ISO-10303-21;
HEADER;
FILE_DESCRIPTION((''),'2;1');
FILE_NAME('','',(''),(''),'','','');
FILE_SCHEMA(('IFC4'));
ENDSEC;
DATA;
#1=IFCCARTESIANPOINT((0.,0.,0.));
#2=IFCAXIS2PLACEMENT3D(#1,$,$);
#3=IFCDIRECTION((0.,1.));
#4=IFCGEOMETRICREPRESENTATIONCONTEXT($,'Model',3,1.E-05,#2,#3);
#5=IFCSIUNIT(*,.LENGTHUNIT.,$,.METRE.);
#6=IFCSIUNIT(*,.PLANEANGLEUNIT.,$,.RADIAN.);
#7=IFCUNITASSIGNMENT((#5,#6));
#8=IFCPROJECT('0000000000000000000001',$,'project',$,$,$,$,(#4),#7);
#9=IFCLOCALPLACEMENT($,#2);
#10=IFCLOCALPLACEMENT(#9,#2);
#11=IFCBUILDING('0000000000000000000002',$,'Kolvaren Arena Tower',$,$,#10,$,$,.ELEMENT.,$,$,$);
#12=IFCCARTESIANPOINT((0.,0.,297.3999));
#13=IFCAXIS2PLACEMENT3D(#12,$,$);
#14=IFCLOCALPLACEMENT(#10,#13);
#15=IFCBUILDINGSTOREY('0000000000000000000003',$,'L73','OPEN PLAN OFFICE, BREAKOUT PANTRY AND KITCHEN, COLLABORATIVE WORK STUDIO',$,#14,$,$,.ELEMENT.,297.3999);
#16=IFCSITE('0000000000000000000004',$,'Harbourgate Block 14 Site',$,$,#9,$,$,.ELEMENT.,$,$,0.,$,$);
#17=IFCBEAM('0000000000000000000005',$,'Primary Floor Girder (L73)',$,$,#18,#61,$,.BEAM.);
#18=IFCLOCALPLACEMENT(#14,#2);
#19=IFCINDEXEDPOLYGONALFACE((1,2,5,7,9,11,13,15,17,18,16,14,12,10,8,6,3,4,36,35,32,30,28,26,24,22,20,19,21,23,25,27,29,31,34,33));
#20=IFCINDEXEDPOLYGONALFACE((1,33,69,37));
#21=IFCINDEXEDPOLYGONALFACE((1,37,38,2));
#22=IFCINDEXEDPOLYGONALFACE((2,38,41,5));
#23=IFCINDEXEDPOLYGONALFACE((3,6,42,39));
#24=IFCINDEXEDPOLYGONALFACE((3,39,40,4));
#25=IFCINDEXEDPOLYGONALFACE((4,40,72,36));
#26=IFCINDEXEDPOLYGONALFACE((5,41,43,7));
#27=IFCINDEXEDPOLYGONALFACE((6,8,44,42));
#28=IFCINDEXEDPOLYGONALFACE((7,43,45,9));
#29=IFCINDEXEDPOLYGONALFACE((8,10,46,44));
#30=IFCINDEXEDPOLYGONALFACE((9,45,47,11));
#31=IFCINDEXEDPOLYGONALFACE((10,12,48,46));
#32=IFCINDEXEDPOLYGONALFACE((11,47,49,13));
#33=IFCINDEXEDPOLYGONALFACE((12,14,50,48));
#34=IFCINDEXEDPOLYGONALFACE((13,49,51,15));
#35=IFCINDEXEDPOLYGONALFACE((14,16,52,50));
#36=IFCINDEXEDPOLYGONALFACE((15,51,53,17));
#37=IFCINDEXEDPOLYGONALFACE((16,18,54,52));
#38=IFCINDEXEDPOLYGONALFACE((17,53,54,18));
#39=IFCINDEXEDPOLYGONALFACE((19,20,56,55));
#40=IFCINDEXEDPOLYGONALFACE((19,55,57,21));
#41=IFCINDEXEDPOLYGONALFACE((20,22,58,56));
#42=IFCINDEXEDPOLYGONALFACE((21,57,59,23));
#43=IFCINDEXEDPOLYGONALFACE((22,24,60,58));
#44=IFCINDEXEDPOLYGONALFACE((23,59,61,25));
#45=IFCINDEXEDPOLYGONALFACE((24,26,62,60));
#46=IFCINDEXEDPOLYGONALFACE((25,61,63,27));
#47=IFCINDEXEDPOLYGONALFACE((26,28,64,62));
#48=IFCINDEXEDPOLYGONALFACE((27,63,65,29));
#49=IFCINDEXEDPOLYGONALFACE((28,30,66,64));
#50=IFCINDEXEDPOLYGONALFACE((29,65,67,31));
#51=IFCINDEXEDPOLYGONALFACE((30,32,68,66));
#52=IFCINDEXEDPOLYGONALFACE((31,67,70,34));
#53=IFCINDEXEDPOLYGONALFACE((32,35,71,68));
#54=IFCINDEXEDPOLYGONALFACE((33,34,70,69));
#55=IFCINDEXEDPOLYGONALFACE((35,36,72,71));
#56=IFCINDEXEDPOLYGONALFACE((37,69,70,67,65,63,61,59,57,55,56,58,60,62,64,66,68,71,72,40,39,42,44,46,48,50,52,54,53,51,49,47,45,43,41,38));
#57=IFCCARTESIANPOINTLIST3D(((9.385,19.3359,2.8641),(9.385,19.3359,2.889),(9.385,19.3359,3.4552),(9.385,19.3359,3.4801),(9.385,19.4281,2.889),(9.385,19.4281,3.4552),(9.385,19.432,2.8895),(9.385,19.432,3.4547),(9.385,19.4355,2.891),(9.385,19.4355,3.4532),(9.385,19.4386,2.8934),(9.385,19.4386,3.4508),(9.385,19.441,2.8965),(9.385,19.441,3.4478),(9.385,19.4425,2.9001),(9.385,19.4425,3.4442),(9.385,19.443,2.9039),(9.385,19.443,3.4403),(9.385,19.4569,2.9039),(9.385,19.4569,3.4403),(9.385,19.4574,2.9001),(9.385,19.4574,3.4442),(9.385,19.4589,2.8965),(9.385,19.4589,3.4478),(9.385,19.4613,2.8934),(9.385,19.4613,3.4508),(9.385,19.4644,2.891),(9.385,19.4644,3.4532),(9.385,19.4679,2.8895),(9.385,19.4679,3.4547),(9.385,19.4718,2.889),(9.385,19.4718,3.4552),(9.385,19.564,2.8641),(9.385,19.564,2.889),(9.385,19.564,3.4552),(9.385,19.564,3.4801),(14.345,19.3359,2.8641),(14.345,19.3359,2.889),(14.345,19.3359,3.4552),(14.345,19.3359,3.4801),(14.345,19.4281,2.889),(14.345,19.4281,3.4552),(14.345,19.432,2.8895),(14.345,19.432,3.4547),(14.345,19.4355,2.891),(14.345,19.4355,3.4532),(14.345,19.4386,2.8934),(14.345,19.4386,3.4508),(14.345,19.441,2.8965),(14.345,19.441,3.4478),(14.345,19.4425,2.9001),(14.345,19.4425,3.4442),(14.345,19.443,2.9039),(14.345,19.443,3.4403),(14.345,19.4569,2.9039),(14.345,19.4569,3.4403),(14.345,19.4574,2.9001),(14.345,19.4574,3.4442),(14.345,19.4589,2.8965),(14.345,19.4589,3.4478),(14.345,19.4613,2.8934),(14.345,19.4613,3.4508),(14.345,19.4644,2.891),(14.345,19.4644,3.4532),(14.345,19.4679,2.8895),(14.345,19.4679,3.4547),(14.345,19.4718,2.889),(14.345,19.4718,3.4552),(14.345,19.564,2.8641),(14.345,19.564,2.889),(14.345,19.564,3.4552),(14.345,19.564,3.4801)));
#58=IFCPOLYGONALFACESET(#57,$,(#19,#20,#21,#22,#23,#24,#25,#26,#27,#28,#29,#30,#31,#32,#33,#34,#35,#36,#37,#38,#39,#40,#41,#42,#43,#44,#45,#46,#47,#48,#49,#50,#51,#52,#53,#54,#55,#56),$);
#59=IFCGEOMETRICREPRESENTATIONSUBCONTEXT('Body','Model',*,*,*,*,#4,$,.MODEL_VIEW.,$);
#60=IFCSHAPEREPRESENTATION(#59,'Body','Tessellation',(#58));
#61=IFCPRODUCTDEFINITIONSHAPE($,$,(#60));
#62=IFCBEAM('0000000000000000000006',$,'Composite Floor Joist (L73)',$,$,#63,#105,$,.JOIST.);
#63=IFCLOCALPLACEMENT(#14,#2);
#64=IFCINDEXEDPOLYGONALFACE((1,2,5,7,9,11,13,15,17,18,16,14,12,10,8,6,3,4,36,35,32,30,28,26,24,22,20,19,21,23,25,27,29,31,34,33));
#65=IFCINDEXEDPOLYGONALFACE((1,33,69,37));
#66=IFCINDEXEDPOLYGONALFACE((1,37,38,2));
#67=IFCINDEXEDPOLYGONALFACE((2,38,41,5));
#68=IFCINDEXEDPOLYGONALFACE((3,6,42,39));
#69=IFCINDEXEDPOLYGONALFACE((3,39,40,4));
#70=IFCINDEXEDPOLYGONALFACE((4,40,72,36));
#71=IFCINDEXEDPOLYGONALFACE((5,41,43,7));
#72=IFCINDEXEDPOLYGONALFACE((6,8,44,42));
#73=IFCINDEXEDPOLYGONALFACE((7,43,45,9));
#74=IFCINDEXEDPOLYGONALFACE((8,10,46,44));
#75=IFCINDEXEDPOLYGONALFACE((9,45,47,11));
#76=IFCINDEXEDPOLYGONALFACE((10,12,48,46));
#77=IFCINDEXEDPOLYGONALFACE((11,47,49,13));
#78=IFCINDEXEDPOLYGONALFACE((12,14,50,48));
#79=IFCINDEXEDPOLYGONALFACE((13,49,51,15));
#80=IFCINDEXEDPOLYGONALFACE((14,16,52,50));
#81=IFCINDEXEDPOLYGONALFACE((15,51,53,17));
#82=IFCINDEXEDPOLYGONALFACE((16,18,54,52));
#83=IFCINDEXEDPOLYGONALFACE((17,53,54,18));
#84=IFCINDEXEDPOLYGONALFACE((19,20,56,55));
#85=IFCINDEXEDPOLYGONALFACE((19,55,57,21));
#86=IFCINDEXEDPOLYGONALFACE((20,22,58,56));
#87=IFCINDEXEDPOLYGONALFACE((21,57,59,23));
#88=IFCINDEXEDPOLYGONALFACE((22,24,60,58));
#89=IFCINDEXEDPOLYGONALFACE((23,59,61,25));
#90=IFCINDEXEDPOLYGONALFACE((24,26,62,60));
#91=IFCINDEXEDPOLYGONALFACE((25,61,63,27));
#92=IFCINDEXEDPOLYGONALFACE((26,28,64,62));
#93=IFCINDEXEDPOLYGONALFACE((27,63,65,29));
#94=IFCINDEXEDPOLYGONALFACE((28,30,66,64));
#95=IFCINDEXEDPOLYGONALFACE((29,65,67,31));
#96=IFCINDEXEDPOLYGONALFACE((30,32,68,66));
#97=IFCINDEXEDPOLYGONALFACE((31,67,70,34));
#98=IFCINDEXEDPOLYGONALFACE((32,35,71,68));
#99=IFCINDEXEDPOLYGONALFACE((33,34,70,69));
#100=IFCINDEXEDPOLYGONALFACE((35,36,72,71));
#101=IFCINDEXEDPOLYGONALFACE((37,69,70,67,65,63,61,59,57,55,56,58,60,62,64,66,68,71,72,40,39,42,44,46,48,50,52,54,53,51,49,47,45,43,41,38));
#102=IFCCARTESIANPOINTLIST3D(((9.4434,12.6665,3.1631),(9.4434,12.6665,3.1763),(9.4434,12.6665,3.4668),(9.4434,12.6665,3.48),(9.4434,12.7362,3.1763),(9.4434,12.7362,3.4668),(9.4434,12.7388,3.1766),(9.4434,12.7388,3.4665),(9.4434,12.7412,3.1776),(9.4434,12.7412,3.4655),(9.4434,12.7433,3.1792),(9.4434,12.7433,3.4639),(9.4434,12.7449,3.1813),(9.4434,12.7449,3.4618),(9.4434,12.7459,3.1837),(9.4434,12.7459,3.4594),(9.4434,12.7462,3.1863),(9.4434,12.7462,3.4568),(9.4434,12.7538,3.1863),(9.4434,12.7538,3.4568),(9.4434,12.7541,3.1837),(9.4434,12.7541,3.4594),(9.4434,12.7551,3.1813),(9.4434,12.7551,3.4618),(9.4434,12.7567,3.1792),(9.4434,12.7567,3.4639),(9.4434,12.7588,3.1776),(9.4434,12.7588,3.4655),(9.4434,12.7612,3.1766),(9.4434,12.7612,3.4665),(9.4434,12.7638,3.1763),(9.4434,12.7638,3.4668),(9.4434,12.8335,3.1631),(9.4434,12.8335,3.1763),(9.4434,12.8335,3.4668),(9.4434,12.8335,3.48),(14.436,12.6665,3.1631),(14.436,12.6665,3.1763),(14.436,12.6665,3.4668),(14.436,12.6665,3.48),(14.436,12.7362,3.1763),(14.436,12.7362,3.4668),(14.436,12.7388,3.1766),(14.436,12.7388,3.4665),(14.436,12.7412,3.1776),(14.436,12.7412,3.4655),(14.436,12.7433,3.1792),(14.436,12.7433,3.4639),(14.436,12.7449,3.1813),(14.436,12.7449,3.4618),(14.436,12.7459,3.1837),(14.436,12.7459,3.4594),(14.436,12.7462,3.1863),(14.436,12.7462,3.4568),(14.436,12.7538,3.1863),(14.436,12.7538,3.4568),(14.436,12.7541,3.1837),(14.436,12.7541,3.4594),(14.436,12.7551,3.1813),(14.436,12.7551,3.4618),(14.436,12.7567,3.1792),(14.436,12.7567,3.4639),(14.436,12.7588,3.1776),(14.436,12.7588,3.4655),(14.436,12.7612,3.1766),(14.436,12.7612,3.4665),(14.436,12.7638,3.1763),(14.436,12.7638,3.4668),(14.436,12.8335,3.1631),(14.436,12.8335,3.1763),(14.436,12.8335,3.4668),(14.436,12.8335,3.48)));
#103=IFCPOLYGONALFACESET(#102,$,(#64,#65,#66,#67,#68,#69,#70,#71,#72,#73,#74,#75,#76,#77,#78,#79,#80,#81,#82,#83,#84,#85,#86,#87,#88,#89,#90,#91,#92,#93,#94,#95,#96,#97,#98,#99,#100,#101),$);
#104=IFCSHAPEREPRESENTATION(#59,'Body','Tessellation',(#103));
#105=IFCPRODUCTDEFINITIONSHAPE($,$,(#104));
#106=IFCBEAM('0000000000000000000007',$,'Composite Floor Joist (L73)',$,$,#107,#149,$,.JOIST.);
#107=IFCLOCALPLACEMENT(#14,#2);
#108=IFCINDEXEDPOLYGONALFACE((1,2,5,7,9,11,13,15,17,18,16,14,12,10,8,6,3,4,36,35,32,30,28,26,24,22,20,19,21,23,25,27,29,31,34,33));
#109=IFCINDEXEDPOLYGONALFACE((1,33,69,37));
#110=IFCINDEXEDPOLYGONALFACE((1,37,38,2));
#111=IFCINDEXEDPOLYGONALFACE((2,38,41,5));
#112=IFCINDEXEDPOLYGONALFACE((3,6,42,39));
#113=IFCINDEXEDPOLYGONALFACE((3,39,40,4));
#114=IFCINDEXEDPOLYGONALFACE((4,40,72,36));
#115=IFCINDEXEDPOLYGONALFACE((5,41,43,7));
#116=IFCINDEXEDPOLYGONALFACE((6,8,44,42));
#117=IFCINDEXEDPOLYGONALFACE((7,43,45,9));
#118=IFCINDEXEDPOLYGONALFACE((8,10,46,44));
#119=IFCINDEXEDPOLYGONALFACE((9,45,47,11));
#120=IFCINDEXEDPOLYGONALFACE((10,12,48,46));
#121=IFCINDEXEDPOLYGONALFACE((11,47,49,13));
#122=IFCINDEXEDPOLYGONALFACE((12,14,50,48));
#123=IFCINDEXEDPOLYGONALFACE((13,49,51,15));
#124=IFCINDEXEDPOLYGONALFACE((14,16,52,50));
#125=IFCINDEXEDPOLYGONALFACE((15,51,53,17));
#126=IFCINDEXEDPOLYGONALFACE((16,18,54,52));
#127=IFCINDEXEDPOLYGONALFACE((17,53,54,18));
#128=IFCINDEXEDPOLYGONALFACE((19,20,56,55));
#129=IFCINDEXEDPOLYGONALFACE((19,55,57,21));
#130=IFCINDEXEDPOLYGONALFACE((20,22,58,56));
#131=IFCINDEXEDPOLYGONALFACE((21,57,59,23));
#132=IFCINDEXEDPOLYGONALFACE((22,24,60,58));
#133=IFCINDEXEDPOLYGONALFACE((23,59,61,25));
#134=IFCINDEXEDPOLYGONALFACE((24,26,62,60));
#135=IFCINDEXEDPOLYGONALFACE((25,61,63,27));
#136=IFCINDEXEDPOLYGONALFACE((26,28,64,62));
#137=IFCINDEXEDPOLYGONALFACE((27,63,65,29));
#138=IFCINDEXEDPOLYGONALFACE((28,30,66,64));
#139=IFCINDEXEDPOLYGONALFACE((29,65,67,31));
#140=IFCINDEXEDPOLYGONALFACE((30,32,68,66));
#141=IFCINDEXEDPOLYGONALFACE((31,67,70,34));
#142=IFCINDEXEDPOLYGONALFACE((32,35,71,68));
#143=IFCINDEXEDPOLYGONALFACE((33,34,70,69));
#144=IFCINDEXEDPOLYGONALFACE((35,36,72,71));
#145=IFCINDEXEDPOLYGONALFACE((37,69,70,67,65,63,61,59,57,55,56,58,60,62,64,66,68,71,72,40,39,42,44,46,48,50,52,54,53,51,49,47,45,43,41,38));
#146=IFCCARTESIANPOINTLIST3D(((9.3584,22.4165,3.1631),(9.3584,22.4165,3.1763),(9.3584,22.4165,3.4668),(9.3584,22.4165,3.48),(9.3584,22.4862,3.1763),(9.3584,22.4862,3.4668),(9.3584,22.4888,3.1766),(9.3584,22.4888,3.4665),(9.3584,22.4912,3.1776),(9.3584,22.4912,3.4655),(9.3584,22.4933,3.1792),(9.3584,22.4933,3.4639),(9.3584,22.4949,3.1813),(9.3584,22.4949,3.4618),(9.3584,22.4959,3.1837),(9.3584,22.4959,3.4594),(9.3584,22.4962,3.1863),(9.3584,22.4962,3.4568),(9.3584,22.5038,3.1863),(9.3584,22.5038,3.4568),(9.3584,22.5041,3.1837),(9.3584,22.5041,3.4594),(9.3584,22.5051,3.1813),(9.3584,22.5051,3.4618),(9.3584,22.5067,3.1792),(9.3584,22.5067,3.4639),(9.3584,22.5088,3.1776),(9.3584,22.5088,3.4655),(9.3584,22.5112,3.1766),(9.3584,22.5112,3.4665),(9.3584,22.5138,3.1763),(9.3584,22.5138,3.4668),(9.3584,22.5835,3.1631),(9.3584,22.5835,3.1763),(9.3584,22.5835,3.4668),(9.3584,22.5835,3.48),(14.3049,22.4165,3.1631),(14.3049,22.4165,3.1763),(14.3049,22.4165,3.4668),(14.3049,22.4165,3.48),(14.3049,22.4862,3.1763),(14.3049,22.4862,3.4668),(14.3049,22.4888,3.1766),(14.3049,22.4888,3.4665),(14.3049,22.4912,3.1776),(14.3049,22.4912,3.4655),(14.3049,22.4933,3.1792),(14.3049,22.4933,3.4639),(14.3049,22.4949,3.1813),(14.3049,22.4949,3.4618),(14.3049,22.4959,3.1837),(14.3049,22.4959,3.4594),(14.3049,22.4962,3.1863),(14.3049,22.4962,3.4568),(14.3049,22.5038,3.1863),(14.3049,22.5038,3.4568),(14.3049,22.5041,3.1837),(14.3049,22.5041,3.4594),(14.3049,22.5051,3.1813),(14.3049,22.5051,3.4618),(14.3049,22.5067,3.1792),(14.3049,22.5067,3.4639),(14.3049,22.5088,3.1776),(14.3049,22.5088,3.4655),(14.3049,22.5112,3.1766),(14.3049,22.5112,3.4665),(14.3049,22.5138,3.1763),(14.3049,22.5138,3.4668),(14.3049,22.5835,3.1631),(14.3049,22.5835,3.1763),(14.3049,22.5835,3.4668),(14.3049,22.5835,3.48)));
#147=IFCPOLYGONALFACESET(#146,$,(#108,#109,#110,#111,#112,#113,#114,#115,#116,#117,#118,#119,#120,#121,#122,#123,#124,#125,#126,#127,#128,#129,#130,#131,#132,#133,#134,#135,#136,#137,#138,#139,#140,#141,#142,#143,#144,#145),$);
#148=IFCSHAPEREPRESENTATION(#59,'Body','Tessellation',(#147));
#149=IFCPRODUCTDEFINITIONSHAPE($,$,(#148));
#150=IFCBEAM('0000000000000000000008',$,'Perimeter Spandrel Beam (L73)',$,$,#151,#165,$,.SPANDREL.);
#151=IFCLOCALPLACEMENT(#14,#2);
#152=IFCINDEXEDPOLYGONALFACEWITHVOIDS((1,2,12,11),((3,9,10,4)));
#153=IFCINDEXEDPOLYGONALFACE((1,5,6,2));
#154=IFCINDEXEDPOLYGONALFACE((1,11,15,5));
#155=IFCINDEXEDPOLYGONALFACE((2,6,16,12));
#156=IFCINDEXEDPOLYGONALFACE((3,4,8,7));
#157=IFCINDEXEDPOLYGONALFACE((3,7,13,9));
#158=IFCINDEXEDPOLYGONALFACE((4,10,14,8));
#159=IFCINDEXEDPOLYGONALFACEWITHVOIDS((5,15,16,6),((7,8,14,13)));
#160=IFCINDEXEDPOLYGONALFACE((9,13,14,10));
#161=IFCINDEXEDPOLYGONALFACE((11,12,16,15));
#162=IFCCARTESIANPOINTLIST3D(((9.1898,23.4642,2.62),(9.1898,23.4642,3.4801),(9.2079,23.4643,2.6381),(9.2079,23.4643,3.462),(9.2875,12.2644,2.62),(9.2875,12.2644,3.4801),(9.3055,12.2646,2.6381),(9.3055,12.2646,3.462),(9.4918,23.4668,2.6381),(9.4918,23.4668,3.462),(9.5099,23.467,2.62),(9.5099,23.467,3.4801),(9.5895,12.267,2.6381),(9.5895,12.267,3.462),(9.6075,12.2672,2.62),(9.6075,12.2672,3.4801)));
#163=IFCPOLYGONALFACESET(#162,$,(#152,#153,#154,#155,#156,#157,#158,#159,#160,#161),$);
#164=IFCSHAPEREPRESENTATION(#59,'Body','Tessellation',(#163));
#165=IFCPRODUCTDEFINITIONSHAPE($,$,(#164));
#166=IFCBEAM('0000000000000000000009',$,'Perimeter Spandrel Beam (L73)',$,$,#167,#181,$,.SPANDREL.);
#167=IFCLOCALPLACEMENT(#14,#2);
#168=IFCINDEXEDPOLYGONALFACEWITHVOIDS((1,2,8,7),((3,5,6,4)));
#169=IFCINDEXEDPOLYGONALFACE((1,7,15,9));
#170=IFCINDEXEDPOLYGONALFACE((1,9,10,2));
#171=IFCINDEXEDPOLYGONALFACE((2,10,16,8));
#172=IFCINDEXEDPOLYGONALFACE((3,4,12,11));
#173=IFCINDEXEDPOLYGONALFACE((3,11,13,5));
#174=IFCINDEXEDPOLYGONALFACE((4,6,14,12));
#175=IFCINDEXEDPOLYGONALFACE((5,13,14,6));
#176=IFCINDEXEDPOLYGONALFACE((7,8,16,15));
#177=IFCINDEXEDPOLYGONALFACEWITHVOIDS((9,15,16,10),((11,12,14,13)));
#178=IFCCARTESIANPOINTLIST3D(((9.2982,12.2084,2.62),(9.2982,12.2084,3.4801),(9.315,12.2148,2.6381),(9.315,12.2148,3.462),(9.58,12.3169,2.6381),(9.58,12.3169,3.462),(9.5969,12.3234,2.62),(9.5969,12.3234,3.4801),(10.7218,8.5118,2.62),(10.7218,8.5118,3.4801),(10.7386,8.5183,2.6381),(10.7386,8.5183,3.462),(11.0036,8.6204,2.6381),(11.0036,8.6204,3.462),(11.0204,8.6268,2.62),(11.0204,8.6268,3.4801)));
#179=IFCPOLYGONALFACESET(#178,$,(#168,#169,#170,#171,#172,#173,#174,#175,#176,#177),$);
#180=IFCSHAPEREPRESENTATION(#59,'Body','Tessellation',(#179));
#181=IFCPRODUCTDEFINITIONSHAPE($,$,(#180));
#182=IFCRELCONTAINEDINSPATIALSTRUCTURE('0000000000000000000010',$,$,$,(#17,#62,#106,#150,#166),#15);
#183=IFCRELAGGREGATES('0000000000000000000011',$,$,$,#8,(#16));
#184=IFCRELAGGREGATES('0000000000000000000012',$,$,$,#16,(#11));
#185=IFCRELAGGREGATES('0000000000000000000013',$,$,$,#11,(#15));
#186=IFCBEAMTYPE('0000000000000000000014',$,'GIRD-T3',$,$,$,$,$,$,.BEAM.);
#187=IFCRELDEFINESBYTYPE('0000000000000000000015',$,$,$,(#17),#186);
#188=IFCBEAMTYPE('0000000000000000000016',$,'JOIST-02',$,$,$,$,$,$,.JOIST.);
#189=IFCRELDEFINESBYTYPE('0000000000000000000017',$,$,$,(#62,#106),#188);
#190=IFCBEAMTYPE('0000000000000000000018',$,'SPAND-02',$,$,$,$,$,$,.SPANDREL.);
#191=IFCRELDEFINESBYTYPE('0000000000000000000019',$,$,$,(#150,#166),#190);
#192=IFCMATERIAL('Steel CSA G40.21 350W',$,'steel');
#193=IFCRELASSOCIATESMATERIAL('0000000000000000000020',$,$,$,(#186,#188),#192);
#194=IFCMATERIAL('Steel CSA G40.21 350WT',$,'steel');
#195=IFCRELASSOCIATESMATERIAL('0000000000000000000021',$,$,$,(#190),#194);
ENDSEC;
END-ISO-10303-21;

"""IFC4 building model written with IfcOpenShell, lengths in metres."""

from ifc_helpers import new_model, si_unit, direction, frame, origin, origin_2d, place, context, subcontext, project, spatial, hollow_rectangle, i_section, extrude, material, material_profile, profile_set, type_object, element, save


model = new_model("IFC4")

# Units and contexts
model_context = context("Model", 3, precision=1e-05, world=origin(), true_north=direction((0.0, 1.0)))
body_context = subcontext(model_context, "Body", "Model", "MODEL_VIEW")
ifc_project = project(units=[si_unit("LENGTHUNIT", "METRE"), si_unit("PLANEANGLEUNIT", "RADIAN")], contexts=[model_context])

# Site, building, storey
site_placement = place(None, origin())
site = spatial("IfcSite", under=ifc_project, at=site_placement, Name="Harbourgate Block 14 Site", CompositionType="ELEMENT", RefElevation=0.0)
building_placement = place(site_placement, origin())
building = spatial("IfcBuilding", under=site, at=building_placement, Name="Kolvaren Arena Tower", CompositionType="ELEMENT")
storey_placement = place(building_placement, frame((0.0, 0.0, 297.3999)))
storey = spatial("IfcBuildingStorey", under=building, at=storey_placement, Name="L73", Description="OPEN PLAN OFFICE, BREAKOUT PANTRY AND KITCHEN, COLLABORATIVE WORK STUDIO", CompositionType="ELEMENT", Elevation=297.3999)

# Beams
ifc_material_1 = material(Name="Steel CSA G40.21 350W", Category="steel")
ifc_material_profile_1 = material_profile(ifc_material_1, i_section(OverallWidth=0.228, OverallDepth=0.616, WebThickness=0.0139, FlangeThickness=0.0249, FilletRadius=0.0149, at=origin_2d()), Name="W610x174")
ifc_profile_set_1 = profile_set([ifc_material_profile_1], Name="Steel CSA G40.21 350W")
beam_type_1 = type_object("IfcBeamType", Name="GIRD-T3", PredefinedType="BEAM", material=ifc_profile_set_1)
beam_1_placement = place(storey_placement, frame((9.385, 19.45, 3.1721), z_axis=(1.0, 0.0, 0.0), x_axis=(0.0, 1.0, 0.0)))
element("IfcBeam", 1, at=beam_1_placement, inside=storey, type_object=beam_type_1, Name="Primary Floor Girder (L73)", PredefinedType="BEAM", context=body_context, shape_type="SweptSolid", body=[
    extrude(i_section(OverallWidth=0.228, OverallDepth=0.616, WebThickness=0.0139, FlangeThickness=0.0249, FilletRadius=0.0149, at=origin_2d()), origin(), (0.0, 0.0, 1.0), 4.96),
])
ifc_material_profile_2 = material_profile(ifc_material_1, i_section(OverallWidth=0.167, OverallDepth=0.3169, WebThickness=0.0076, FlangeThickness=0.0132, FilletRadius=0.01, at=origin_2d()), Name="W310x52")
ifc_profile_set_2 = profile_set([ifc_material_profile_2], Name="Steel CSA G40.21 350W")
beam_type_2 = type_object("IfcBeamType", Name="JOIST-02", PredefinedType="JOIST", material=ifc_profile_set_2)
beam_2_placement = place(storey_placement, frame((9.4434, 12.75, 3.3215), z_axis=(1.0, 0.0, 0.0), x_axis=(0.0, 1.0, 0.0)))
element("IfcBeam", 2, at=beam_2_placement, inside=storey, type_object=beam_type_2, Name="Composite Floor Joist (L73)", PredefinedType="JOIST", context=body_context, shape_type="SweptSolid", body=[
    extrude(i_section(OverallWidth=0.167, OverallDepth=0.3169, WebThickness=0.0076, FlangeThickness=0.0132, FilletRadius=0.01, at=origin_2d()), origin(), (0.0, 0.0, 1.0), 4.9927),
])
beam_3_placement = place(storey_placement, frame((9.3584, 22.5, 3.3215), z_axis=(1.0, 0.0, 0.0), x_axis=(0.0, 1.0, 0.0)))
element("IfcBeam", 3, at=beam_3_placement, inside=storey, type_object=beam_type_2, Name="Composite Floor Joist (L73)", PredefinedType="JOIST", context=body_context, shape_type="SweptSolid", body=[
    extrude(i_section(OverallWidth=0.167, OverallDepth=0.3169, WebThickness=0.0076, FlangeThickness=0.0132, FilletRadius=0.01, at=origin_2d()), origin(), (0.0, 0.0, 1.0), 4.9465),
])
ifc_material_2 = material(Name="Steel CSA G40.21 350WT", Category="steel")
ifc_material_profile_3 = material_profile(ifc_material_2, hollow_rectangle(XDim=0.3201, YDim=0.8601, WallThickness=0.0181, at=origin_2d()), Name="HSS 860x320x18")
ifc_profile_set_3 = profile_set([ifc_material_profile_3], Name="Steel CSA G40.21 350WT")
beam_type_3 = type_object("IfcBeamType", Name="SPAND-02", PredefinedType="SPANDREL", material=ifc_profile_set_3)
beam_4_placement = place(storey_placement, frame((9.3499, 23.4656, 3.05), z_axis=(0.008719, -0.999962, 0.0), x_axis=(0.999962, 0.008719, 0.0)))
element("IfcBeam", 4, at=beam_4_placement, inside=storey, type_object=beam_type_3, Name="Perimeter Spandrel Beam (L73)", PredefinedType="SPANDREL", context=body_context, shape_type="SweptSolid", body=[
    extrude(hollow_rectangle(XDim=0.3201, YDim=0.8601, WallThickness=0.0181, at=origin_2d()), origin(), (0.0, 0.0, 1.0), 11.2002),
])
beam_5_placement = place(storey_placement, frame((9.4475, 12.2659, 3.05), z_axis=(0.359384, -0.93319, 0.0), x_axis=(0.93319, 0.359384, 0.0)))
element("IfcBeam", 5, at=beam_5_placement, inside=storey, type_object=beam_type_3, Name="Perimeter Spandrel Beam (L73)", PredefinedType="SPANDREL", context=body_context, shape_type="SweptSolid", body=[
    extrude(hollow_rectangle(XDim=0.3201, YDim=0.8601, WallThickness=0.0181, at=origin_2d()), origin(), (0.0, 0.0, 1.0), 3.9612),
])

save(model, "model.ifc")
